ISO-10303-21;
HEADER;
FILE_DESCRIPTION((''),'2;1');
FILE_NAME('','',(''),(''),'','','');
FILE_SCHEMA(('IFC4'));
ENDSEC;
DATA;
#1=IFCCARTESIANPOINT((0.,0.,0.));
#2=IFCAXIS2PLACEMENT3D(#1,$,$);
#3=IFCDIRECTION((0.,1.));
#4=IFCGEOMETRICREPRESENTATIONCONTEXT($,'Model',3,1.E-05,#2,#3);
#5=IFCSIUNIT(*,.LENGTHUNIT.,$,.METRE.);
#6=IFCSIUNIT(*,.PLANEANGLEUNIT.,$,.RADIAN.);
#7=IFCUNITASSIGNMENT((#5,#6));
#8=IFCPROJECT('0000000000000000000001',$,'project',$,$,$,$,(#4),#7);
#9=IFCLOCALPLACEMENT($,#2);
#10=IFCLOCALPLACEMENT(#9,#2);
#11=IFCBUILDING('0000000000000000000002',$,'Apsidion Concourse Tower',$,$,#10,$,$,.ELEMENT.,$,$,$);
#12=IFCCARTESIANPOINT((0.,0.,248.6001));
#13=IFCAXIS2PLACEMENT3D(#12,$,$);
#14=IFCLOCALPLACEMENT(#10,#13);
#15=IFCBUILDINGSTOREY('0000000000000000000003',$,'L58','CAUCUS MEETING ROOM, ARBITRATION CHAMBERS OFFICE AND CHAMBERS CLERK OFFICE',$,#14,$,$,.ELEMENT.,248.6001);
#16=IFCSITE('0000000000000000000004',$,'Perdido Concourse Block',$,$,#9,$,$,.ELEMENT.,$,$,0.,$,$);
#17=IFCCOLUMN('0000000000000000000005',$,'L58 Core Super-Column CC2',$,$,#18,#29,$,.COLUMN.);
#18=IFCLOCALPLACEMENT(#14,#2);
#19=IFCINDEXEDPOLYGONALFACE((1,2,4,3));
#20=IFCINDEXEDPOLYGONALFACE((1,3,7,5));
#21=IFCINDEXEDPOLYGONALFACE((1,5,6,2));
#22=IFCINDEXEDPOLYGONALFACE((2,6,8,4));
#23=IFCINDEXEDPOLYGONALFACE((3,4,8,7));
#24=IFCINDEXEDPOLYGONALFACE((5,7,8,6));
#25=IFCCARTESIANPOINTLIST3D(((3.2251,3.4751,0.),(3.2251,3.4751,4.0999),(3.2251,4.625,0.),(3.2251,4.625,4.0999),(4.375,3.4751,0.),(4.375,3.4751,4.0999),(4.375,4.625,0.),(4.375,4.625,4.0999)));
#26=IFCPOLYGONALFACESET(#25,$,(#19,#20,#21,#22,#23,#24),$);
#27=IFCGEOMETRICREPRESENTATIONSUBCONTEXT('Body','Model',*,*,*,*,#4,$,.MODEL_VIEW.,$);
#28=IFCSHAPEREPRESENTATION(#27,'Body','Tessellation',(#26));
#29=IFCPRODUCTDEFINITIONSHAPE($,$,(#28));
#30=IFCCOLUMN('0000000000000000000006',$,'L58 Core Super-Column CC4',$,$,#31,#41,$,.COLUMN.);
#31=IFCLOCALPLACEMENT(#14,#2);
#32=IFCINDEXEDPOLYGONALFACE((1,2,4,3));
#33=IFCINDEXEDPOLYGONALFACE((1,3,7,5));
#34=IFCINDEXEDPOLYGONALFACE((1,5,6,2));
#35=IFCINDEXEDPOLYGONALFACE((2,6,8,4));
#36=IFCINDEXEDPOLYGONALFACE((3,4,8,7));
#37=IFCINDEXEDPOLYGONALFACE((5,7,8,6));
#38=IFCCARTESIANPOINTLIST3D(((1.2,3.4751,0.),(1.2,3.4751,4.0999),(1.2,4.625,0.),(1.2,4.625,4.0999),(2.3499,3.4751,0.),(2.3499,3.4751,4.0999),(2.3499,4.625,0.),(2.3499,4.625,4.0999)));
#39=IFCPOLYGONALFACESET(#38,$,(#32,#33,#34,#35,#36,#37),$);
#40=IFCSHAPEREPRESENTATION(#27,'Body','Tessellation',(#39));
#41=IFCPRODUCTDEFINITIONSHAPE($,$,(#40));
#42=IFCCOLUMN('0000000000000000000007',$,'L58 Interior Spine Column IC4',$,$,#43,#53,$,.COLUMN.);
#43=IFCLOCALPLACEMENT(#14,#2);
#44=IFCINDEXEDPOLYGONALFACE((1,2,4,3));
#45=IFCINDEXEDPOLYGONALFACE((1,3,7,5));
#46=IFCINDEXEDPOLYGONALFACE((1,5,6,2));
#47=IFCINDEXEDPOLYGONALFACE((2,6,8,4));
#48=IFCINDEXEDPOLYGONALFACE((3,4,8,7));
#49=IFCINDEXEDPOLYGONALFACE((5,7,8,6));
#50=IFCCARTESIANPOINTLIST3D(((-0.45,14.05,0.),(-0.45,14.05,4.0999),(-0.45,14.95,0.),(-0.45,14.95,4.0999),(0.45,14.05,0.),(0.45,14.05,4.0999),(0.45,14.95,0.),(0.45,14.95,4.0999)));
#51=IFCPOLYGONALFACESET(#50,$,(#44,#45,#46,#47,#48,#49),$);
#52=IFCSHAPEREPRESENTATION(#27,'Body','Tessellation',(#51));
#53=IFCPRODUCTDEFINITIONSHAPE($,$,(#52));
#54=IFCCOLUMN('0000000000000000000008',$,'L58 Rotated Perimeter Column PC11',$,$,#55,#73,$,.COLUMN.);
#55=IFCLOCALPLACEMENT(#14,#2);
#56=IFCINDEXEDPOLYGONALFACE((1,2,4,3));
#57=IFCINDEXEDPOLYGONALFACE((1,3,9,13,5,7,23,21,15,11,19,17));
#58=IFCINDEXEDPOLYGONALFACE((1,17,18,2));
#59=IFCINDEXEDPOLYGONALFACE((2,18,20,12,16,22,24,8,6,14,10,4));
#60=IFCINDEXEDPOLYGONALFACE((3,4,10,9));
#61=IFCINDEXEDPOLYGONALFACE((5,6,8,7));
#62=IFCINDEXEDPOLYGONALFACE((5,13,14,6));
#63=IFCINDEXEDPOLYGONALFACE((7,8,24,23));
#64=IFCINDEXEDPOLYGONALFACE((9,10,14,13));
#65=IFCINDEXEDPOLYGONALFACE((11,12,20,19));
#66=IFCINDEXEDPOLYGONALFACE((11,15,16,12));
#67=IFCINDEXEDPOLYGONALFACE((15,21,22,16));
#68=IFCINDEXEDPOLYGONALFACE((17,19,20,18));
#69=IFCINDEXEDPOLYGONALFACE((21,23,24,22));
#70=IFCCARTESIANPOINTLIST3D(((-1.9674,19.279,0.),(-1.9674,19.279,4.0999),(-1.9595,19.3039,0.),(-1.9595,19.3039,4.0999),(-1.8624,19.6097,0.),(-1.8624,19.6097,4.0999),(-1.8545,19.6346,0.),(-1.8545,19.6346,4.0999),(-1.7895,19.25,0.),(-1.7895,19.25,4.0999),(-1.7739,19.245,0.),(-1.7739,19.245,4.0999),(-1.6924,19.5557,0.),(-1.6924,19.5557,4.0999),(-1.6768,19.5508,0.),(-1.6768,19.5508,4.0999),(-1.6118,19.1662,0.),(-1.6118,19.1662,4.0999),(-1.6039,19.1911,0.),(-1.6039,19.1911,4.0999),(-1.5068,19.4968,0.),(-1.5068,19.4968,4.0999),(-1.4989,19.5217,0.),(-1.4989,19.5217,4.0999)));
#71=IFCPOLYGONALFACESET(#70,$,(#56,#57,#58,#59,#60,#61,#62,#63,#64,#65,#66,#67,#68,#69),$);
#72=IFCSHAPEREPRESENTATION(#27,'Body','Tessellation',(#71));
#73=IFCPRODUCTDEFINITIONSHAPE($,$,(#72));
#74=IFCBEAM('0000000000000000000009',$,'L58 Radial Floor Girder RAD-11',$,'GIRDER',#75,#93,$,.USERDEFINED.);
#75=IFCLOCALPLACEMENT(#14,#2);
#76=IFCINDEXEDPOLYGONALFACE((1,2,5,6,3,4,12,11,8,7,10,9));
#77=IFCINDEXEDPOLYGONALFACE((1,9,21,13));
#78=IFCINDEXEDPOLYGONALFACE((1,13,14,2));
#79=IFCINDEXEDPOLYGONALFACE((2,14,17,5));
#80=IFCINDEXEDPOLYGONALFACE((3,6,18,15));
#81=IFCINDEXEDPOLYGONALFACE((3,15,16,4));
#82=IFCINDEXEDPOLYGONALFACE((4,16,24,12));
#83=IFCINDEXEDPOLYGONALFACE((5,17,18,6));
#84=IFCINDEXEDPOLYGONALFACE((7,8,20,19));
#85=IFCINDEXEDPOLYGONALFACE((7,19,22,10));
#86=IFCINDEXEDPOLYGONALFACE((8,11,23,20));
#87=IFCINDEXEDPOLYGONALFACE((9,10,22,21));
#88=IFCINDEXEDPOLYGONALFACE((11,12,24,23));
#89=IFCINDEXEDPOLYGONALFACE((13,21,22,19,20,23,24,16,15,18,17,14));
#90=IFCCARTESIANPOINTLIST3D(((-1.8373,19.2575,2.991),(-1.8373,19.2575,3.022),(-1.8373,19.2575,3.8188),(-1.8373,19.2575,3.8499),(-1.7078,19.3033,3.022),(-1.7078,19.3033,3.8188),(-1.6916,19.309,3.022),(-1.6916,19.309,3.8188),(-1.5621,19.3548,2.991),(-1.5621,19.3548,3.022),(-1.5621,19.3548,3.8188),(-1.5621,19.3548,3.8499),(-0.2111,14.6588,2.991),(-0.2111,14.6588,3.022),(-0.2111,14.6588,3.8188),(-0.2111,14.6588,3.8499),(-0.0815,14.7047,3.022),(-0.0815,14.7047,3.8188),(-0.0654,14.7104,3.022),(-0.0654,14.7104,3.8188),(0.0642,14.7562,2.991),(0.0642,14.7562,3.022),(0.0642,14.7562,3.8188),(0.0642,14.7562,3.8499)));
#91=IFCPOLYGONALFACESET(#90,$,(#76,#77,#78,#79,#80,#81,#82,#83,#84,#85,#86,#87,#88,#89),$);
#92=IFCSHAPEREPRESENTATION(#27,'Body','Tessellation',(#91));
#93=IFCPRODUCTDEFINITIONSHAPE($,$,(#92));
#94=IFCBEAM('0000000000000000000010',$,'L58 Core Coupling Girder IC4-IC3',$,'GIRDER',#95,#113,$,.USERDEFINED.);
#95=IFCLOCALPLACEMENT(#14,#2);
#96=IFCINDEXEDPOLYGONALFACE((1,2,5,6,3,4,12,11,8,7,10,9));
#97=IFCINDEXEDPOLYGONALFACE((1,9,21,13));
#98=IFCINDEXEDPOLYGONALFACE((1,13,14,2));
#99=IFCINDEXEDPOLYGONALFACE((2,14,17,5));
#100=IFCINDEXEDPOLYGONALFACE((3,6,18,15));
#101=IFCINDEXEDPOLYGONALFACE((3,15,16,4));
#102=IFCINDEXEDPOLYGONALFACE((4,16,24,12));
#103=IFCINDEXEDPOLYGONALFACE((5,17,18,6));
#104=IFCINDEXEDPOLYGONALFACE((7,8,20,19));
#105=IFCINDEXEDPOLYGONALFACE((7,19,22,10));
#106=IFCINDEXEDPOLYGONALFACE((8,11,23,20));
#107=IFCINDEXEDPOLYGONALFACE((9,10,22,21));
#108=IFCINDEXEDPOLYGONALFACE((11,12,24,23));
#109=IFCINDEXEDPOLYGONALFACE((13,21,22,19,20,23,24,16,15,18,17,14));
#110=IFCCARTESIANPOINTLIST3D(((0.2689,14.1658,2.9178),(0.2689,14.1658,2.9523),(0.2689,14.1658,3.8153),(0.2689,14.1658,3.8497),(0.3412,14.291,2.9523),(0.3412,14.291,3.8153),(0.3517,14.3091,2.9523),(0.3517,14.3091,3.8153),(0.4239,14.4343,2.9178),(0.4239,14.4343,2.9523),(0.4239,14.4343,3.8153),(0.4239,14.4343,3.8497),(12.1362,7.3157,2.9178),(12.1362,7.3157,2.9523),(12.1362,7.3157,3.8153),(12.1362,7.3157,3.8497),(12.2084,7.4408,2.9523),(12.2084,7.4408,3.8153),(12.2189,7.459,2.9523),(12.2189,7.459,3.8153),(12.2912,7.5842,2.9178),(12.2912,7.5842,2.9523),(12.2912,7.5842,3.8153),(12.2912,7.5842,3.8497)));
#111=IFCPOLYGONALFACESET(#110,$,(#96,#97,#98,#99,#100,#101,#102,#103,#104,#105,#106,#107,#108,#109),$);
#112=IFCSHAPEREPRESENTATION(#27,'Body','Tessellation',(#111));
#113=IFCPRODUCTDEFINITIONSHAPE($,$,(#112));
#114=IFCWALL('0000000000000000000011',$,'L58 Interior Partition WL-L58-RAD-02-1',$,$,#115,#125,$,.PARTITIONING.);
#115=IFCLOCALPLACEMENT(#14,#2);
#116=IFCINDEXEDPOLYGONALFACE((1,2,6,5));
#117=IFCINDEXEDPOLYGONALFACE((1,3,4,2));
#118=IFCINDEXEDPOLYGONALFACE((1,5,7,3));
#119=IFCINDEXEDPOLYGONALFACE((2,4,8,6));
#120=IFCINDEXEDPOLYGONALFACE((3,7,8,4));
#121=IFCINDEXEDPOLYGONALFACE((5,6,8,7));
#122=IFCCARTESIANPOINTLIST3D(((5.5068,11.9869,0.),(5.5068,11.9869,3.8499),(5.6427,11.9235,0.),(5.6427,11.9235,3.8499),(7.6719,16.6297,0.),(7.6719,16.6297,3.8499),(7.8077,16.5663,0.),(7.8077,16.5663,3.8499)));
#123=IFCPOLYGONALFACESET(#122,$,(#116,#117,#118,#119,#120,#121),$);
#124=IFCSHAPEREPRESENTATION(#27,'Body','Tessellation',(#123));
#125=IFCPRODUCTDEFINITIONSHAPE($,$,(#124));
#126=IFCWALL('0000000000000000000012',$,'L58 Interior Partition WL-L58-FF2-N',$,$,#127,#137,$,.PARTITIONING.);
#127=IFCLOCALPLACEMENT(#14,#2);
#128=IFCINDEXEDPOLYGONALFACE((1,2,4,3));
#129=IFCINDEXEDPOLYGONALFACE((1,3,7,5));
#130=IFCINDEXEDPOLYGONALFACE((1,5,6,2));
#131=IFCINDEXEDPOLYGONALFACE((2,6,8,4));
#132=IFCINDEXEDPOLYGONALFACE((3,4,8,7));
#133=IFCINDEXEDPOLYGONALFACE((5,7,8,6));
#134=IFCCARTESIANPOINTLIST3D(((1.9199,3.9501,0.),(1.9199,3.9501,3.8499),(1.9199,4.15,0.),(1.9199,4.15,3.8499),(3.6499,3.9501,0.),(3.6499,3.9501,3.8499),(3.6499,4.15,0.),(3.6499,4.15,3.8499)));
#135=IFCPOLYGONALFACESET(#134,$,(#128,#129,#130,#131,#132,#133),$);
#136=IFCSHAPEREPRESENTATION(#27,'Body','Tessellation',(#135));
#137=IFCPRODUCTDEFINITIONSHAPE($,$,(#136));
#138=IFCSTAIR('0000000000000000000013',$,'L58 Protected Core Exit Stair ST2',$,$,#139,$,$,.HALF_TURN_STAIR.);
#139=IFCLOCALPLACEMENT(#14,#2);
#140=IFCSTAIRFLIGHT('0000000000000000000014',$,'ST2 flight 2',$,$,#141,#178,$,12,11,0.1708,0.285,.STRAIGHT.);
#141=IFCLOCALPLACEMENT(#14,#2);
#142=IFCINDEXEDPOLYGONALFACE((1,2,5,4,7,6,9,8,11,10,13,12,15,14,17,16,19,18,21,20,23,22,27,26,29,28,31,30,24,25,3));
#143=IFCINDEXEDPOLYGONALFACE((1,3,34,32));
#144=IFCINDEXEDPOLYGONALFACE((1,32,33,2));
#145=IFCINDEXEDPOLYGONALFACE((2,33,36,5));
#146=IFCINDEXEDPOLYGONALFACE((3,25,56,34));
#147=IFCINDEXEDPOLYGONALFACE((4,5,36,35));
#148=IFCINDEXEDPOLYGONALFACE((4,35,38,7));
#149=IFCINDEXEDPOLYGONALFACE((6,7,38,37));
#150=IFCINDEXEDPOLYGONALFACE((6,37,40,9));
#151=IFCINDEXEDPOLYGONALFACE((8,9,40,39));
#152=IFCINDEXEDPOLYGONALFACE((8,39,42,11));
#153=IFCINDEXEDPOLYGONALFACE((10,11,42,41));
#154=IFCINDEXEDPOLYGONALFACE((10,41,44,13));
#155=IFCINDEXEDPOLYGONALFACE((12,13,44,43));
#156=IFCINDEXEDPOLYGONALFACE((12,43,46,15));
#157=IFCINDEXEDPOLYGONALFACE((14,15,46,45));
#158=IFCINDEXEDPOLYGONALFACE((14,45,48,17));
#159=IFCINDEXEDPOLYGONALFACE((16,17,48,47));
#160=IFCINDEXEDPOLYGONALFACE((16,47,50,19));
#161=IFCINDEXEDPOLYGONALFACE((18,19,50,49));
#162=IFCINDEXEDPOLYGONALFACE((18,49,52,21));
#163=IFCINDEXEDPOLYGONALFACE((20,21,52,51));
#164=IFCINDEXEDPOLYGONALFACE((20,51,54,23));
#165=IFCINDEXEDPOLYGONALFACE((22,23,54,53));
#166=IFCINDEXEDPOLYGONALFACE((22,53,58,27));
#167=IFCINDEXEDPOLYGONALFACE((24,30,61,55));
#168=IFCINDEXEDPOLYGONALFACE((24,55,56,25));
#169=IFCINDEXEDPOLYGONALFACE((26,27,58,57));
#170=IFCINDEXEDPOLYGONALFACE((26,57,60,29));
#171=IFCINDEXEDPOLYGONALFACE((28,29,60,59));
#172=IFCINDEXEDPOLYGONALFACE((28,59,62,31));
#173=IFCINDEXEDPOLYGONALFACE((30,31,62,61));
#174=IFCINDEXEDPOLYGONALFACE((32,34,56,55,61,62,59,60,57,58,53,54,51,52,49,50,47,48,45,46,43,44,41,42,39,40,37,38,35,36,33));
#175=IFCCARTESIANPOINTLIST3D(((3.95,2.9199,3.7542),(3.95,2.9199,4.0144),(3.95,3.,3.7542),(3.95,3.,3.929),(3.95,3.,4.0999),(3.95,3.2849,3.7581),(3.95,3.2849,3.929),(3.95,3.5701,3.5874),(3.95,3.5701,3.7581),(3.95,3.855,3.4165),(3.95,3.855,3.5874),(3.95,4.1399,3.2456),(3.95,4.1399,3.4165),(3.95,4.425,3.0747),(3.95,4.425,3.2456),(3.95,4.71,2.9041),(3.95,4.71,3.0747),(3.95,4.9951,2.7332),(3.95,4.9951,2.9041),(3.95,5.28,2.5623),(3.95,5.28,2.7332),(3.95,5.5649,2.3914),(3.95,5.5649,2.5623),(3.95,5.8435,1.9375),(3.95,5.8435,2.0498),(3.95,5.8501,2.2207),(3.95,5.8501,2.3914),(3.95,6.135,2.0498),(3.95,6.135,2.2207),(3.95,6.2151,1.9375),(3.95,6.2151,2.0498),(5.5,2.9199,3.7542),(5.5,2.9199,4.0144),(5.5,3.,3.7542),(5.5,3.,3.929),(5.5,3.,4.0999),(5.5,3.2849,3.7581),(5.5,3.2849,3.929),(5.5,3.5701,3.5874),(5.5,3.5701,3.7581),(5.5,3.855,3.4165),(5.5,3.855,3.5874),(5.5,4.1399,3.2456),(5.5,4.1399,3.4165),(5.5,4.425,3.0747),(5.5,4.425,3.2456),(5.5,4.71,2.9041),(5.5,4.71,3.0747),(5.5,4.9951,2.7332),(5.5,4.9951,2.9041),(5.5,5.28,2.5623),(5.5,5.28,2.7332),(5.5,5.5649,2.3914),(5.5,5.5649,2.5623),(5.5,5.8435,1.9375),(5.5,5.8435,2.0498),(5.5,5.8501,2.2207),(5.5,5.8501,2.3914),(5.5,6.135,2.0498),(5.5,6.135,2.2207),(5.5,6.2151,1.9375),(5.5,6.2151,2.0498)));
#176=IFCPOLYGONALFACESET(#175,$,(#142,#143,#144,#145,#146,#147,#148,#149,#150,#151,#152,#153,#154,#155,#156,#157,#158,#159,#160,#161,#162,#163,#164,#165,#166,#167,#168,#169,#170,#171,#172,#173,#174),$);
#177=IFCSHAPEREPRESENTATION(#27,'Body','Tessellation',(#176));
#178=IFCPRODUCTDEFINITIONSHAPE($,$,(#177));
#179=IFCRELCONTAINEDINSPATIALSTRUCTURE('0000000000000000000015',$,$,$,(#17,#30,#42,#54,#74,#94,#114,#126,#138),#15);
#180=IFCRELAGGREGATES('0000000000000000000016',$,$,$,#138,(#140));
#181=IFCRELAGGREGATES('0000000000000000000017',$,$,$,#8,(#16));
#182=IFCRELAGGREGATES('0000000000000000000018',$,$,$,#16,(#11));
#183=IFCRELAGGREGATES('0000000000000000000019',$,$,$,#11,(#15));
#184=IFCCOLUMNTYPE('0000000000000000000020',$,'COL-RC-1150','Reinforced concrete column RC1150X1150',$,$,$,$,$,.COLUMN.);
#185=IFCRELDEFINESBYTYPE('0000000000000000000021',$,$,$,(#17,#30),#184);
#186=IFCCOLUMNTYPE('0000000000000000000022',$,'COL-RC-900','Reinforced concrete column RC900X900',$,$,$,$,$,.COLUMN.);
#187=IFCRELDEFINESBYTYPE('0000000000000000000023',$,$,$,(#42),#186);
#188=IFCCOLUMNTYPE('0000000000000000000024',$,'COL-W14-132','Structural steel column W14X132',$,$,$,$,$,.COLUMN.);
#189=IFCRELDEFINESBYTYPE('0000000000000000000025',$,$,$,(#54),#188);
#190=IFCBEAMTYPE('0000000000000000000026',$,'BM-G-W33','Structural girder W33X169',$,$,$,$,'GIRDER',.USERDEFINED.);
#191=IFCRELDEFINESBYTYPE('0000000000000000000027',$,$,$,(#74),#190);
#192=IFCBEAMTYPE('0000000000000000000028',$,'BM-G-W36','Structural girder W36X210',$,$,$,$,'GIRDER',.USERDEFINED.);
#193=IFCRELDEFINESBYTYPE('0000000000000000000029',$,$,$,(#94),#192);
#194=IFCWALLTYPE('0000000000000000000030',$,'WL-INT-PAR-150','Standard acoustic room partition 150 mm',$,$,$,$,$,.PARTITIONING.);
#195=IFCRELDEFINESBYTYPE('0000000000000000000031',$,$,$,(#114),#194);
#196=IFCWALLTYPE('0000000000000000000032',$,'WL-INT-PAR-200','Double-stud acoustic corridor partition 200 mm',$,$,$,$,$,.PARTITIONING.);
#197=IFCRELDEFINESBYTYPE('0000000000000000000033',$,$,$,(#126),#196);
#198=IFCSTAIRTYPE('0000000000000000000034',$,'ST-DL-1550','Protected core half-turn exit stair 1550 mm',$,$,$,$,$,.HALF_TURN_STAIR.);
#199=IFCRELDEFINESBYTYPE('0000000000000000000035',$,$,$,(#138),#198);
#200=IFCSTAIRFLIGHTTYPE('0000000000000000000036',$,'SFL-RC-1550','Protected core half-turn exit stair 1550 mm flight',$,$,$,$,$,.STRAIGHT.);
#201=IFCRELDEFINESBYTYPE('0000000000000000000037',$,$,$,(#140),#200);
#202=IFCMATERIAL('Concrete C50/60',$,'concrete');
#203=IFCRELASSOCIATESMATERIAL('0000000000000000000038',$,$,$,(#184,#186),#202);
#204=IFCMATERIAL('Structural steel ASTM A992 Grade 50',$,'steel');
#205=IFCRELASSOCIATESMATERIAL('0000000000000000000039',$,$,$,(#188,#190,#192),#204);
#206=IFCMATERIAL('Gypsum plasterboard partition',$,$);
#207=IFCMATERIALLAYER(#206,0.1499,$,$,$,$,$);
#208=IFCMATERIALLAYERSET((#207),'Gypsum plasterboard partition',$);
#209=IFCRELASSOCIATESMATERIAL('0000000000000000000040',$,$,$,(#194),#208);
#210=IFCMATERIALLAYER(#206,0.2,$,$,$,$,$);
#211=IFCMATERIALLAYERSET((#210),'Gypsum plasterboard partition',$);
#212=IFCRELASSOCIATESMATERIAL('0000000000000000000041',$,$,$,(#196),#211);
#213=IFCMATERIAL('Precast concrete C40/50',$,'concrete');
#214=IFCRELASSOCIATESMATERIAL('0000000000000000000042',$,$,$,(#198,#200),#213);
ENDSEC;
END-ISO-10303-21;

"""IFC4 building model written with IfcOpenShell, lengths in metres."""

from ifc_helpers import new_model, si_unit, direction, frame, frame_2d, origin, origin_2d, place, context, subcontext, project, spatial, polyline, rectangle, i_section, outline, extrude, material, layer, layer_set, material_profile, profile_set, type_object, element, aggregate, save


model = new_model("IFC4")

# Units and contexts
model_context = context("Model", 3, precision=1e-05, world=origin(), true_north=direction((0.0, 1.0)))
body_context = subcontext(model_context, "Body", "Model", "MODEL_VIEW")
ifc_project = project(units=[si_unit("LENGTHUNIT", "METRE"), si_unit("PLANEANGLEUNIT", "RADIAN")], contexts=[model_context])

# Site, building, storey
site_placement = place(None, origin())
site = spatial("IfcSite", under=ifc_project, at=site_placement, Name="Perdido Concourse Block", CompositionType="ELEMENT", RefElevation=0.0)
building_placement = place(site_placement, origin())
building = spatial("IfcBuilding", under=site, at=building_placement, Name="Apsidion Concourse Tower", CompositionType="ELEMENT")
storey_placement = place(building_placement, frame((0.0, 0.0, 248.6001)))
storey = spatial("IfcBuildingStorey", under=building, at=storey_placement, Name="L58", Description="CAUCUS MEETING ROOM, ARBITRATION CHAMBERS OFFICE AND CHAMBERS CLERK OFFICE", CompositionType="ELEMENT", Elevation=248.6001)

# Columns
ifc_material_1 = material(Name="Concrete C50/60", Category="concrete")
ifc_material_profile_1 = material_profile(ifc_material_1, rectangle(XDim=1.1499, YDim=1.1499, at=origin_2d()), Name="RC 1150x1150")
ifc_profile_set_1 = profile_set([ifc_material_profile_1], Name="Concrete C50/60")
column_type_1 = type_object("IfcColumnType", Name="COL-RC-1150", Description="Reinforced concrete column RC1150X1150", PredefinedType="COLUMN", material=ifc_profile_set_1)
for number, where, z_axis, x_axis, name in (
    (1, (3.8, 4.05, 0.0), (0.0, 0.0, 1.0), (1.0, 0.0, 0.0), "L58 Core Super-Column CC2"),
    (2, (1.7749, 4.05, 0.0), (0.0, 0.0, 1.0), (1.0, 0.0, 0.0), "L58 Core Super-Column CC4"),
):
    element("IfcColumn", number, at=place(storey_placement, frame(where, z_axis=z_axis, x_axis=x_axis)), inside=storey, type_object=column_type_1, Name=name, PredefinedType="COLUMN", context=body_context, shape_type="SweptSolid", body=[
        extrude(rectangle(XDim=1.1499, YDim=1.1499, at=origin_2d()), origin(), (0.0, 0.0, 1.0), 4.0999),
    ])
ifc_material_profile_2 = material_profile(ifc_material_1, rectangle(XDim=0.8999, YDim=0.8999, at=origin_2d()), Name="RC 900x900")
ifc_profile_set_2 = profile_set([ifc_material_profile_2], Name="Concrete C50/60")
column_type_2 = type_object("IfcColumnType", Name="COL-RC-900", Description="Reinforced concrete column RC900X900", PredefinedType="COLUMN", material=ifc_profile_set_2)
column_1_placement = place(storey_placement, frame((0.0, 14.5, 0.0), z_axis=(0.0, 0.0, 1.0), x_axis=(1.0, 0.0, 0.0)))
element("IfcColumn", 3, at=column_1_placement, inside=storey, type_object=column_type_2, Name="L58 Interior Spine Column IC4", PredefinedType="COLUMN", context=body_context, shape_type="SweptSolid", body=[
    extrude(rectangle(XDim=0.8999, YDim=0.8999, at=origin_2d()), origin(), (0.0, 0.0, 1.0), 4.0999),
])
ifc_material_2 = material(Name="Structural steel ASTM A992 Grade 50", Category="steel")
ifc_material_profile_3 = material_profile(ifc_material_2, i_section(OverallWidth=0.373, OverallDepth=0.373, WebThickness=0.0164, FlangeThickness=0.0261, at=origin_2d()), Name="W14X132")
ifc_profile_set_3 = profile_set([ifc_material_profile_3], Name="Structural steel ASTM A992 Grade 50")
column_type_3 = type_object("IfcColumnType", Name="COL-W14-132", Description="Structural steel column W14X132", PredefinedType="COLUMN", material=ifc_profile_set_3)
column_2_placement = place(storey_placement, frame((-1.7332, 19.4004, 0.0), z_axis=(0.0, 0.0, 1.0), x_axis=(-0.953138, 0.302536, 0.0)))
element("IfcColumn", 4, at=column_2_placement, inside=storey, type_object=column_type_3, Name="L58 Rotated Perimeter Column PC11", PredefinedType="COLUMN", context=body_context, shape_type="SweptSolid", body=[
    extrude(i_section(OverallWidth=0.373, OverallDepth=0.373, WebThickness=0.0164, FlangeThickness=0.0261, at=origin_2d()), origin(), (0.0, 0.0, 1.0), 4.0999),
])

# Beams
ifc_material_profile_4 = material_profile(ifc_material_2, i_section(OverallWidth=0.292, OverallDepth=0.8589, WebThickness=0.0171, FlangeThickness=0.031, at=origin_2d()), Name="W33X169")
ifc_profile_set_4 = profile_set([ifc_material_profile_4], Name="Structural steel ASTM A992 Grade 50")
beam_type_1 = type_object("IfcBeamType", Name="BM-G-W33", Description="Structural girder W33X169", ElementType="GIRDER", PredefinedType="USERDEFINED", material=ifc_profile_set_4)
beam_1_placement = place(storey_placement, frame((-0.0735, 14.7075, 3.4204), z_axis=(-0.333399, 0.942786, 0.0), x_axis=(-0.942786, -0.333399, 0.0)))
element("IfcBeam", 5, at=beam_1_placement, inside=storey, type_object=beam_type_1, Name="L58 Radial Floor Girder RAD-11", ObjectType="GIRDER", PredefinedType="USERDEFINED", context=body_context, shape_type="SweptSolid", body=[
    extrude(i_section(OverallWidth=0.292, OverallDepth=0.8589, WebThickness=0.0171, FlangeThickness=0.031, at=origin_2d()), origin(), (0.0, 0.0, 1.0), 4.8777),
])
ifc_material_profile_5 = material_profile(ifc_material_2, i_section(OverallWidth=0.3101, OverallDepth=0.9319, WebThickness=0.021, FlangeThickness=0.0344, at=origin_2d()), Name="W36X210")
ifc_profile_set_5 = profile_set([ifc_material_profile_5], Name="Structural steel ASTM A992 Grade 50")
beam_type_2 = type_object("IfcBeamType", Name="BM-G-W36", Description="Structural girder W36X210", ElementType="GIRDER", PredefinedType="USERDEFINED", material=ifc_profile_set_5)
beam_2_placement = place(storey_placement, frame((0.3464, 14.3, 3.3838), z_axis=(0.86607, -0.499922, 0.0), x_axis=(0.499922, 0.86607, 0.0)))
element("IfcBeam", 6, at=beam_2_placement, inside=storey, type_object=beam_type_2, Name="L58 Core Coupling Girder IC4-IC3", ObjectType="GIRDER", PredefinedType="USERDEFINED", context=body_context, shape_type="SweptSolid", body=[
    extrude(i_section(OverallWidth=0.3101, OverallDepth=0.9319, WebThickness=0.021, FlangeThickness=0.0344, at=origin_2d()), origin(), (0.0, 0.0, 1.0), 13.7024),
])

# Walls
ifc_material_3 = material(Name="Gypsum plasterboard partition")
ifc_layer_1 = layer(ifc_material_3, 0.1499)
ifc_layer_set_1 = layer_set([ifc_layer_1], Name="Gypsum plasterboard partition")
wall_type_1 = type_object("IfcWallType", Name="WL-INT-PAR-150", Description="Standard acoustic room partition 150 mm", PredefinedType="PARTITIONING", material=ifc_layer_set_1)
wall_1_placement = place(storey_placement, frame((5.5747, 11.9551, 0.0), z_axis=(0.0, 0.0, 1.0), x_axis=(0.422627, 0.906304, 0.0)))
element("IfcWall", 7, at=wall_1_placement, inside=storey, type_object=wall_type_1, Name="L58 Interior Partition WL-L58-RAD-02-1", PredefinedType="PARTITIONING", context=body_context, shape_type="SweptSolid", body=[
    extrude(rectangle(XDim=5.1228, YDim=0.1499, at=frame_2d((2.5615, 0.0))), origin(), (0.0, 0.0, 1.0), 3.8499),
])
ifc_layer_2 = layer(ifc_material_3, 0.2)
ifc_layer_set_2 = layer_set([ifc_layer_2], Name="Gypsum plasterboard partition")
wall_type_2 = type_object("IfcWallType", Name="WL-INT-PAR-200", Description="Double-stud acoustic corridor partition 200 mm", PredefinedType="PARTITIONING", material=ifc_layer_set_2)
wall_2_placement = place(storey_placement, frame((1.9199, 4.05, 0.0), z_axis=(0.0, 0.0, 1.0), x_axis=(1.0, 0.0, 0.0)))
element("IfcWall", 8, at=wall_2_placement, inside=storey, type_object=wall_type_2, Name="L58 Interior Partition WL-L58-FF2-N", PredefinedType="PARTITIONING", context=body_context, shape_type="SweptSolid", body=[
    extrude(rectangle(XDim=1.73, YDim=0.2, at=frame_2d((0.865, 0.0))), origin(), (0.0, 0.0, 1.0), 3.8499),
])

# Stair, stair flight
ifc_material_4 = material(Name="Precast concrete C40/50", Category="concrete")
stair_type = type_object("IfcStairType", Name="ST-DL-1550", Description="Protected core half-turn exit stair 1550 mm", PredefinedType="HALF_TURN_STAIR", material=ifc_material_4)
stair_1_placement = place(storey_placement, origin())
stair_1 = element("IfcStair", 9, at=stair_1_placement, inside=storey, type_object=stair_type, Name="L58 Protected Core Exit Stair ST2", PredefinedType="HALF_TURN_STAIR")
stair_flight_type = type_object("IfcStairFlightType", Name="SFL-RC-1550", Description="Protected core half-turn exit stair 1550 mm flight", PredefinedType="STRAIGHT", material=ifc_material_4)
stair_flight_1_placement = place(storey_placement, frame((4.7251, 6.135, 2.0498), z_axis=(0.0, 0.0, 1.0), x_axis=(0.0, -1.0, 0.0)))
stair_flight_1 = element("IfcStairFlight", 10, at=stair_flight_1_placement, type_object=stair_flight_type, Name="ST2 flight 2", NumberOfRisers=12, NumberOfTreads=11, PredefinedType="STRAIGHT", RiserHeight=0.1708, TreadLength=0.285, context=body_context, shape_type="SweptSolid", body=[
    extrude(outline(polyline([(-0.0801, -0.1123), (-0.0801, 0.0), (0.0, 0.0), (0.0, 0.1709), (0.2849, 0.1709), (0.2849, 0.3416), (0.5701, 0.3416), (0.5701, 0.5125), (0.855, 0.5125), (0.855, 0.6833), (1.1399, 0.6833), (1.1399, 0.8542), (1.425, 0.8542), (1.425, 1.0249), (1.71, 1.0249), (1.71, 1.1958), (1.9951, 1.1958), (1.9951, 1.3667), (2.28, 1.3667), (2.28, 1.5376), (2.5649, 1.5376), (2.5649, 1.7083), (2.8501, 1.7083), (2.8501, 1.8792), (3.135, 1.8792), (3.135, 2.05), (3.2151, 1.9646), (3.2151, 1.7043), (3.135, 1.7043), (0.2915, 0.0), (0.2915, -0.1123), (-0.0801, -0.1123)])), frame((0.0, 0.7749, 0.0), z_axis=(0.0, -1.0, 0.0), x_axis=(1.0, 0.0, 0.0)), (0.0, 0.0, 1.0), 1.55),
])
aggregate(stair_1, [stair_flight_1])

save(model, "model.ifc")
